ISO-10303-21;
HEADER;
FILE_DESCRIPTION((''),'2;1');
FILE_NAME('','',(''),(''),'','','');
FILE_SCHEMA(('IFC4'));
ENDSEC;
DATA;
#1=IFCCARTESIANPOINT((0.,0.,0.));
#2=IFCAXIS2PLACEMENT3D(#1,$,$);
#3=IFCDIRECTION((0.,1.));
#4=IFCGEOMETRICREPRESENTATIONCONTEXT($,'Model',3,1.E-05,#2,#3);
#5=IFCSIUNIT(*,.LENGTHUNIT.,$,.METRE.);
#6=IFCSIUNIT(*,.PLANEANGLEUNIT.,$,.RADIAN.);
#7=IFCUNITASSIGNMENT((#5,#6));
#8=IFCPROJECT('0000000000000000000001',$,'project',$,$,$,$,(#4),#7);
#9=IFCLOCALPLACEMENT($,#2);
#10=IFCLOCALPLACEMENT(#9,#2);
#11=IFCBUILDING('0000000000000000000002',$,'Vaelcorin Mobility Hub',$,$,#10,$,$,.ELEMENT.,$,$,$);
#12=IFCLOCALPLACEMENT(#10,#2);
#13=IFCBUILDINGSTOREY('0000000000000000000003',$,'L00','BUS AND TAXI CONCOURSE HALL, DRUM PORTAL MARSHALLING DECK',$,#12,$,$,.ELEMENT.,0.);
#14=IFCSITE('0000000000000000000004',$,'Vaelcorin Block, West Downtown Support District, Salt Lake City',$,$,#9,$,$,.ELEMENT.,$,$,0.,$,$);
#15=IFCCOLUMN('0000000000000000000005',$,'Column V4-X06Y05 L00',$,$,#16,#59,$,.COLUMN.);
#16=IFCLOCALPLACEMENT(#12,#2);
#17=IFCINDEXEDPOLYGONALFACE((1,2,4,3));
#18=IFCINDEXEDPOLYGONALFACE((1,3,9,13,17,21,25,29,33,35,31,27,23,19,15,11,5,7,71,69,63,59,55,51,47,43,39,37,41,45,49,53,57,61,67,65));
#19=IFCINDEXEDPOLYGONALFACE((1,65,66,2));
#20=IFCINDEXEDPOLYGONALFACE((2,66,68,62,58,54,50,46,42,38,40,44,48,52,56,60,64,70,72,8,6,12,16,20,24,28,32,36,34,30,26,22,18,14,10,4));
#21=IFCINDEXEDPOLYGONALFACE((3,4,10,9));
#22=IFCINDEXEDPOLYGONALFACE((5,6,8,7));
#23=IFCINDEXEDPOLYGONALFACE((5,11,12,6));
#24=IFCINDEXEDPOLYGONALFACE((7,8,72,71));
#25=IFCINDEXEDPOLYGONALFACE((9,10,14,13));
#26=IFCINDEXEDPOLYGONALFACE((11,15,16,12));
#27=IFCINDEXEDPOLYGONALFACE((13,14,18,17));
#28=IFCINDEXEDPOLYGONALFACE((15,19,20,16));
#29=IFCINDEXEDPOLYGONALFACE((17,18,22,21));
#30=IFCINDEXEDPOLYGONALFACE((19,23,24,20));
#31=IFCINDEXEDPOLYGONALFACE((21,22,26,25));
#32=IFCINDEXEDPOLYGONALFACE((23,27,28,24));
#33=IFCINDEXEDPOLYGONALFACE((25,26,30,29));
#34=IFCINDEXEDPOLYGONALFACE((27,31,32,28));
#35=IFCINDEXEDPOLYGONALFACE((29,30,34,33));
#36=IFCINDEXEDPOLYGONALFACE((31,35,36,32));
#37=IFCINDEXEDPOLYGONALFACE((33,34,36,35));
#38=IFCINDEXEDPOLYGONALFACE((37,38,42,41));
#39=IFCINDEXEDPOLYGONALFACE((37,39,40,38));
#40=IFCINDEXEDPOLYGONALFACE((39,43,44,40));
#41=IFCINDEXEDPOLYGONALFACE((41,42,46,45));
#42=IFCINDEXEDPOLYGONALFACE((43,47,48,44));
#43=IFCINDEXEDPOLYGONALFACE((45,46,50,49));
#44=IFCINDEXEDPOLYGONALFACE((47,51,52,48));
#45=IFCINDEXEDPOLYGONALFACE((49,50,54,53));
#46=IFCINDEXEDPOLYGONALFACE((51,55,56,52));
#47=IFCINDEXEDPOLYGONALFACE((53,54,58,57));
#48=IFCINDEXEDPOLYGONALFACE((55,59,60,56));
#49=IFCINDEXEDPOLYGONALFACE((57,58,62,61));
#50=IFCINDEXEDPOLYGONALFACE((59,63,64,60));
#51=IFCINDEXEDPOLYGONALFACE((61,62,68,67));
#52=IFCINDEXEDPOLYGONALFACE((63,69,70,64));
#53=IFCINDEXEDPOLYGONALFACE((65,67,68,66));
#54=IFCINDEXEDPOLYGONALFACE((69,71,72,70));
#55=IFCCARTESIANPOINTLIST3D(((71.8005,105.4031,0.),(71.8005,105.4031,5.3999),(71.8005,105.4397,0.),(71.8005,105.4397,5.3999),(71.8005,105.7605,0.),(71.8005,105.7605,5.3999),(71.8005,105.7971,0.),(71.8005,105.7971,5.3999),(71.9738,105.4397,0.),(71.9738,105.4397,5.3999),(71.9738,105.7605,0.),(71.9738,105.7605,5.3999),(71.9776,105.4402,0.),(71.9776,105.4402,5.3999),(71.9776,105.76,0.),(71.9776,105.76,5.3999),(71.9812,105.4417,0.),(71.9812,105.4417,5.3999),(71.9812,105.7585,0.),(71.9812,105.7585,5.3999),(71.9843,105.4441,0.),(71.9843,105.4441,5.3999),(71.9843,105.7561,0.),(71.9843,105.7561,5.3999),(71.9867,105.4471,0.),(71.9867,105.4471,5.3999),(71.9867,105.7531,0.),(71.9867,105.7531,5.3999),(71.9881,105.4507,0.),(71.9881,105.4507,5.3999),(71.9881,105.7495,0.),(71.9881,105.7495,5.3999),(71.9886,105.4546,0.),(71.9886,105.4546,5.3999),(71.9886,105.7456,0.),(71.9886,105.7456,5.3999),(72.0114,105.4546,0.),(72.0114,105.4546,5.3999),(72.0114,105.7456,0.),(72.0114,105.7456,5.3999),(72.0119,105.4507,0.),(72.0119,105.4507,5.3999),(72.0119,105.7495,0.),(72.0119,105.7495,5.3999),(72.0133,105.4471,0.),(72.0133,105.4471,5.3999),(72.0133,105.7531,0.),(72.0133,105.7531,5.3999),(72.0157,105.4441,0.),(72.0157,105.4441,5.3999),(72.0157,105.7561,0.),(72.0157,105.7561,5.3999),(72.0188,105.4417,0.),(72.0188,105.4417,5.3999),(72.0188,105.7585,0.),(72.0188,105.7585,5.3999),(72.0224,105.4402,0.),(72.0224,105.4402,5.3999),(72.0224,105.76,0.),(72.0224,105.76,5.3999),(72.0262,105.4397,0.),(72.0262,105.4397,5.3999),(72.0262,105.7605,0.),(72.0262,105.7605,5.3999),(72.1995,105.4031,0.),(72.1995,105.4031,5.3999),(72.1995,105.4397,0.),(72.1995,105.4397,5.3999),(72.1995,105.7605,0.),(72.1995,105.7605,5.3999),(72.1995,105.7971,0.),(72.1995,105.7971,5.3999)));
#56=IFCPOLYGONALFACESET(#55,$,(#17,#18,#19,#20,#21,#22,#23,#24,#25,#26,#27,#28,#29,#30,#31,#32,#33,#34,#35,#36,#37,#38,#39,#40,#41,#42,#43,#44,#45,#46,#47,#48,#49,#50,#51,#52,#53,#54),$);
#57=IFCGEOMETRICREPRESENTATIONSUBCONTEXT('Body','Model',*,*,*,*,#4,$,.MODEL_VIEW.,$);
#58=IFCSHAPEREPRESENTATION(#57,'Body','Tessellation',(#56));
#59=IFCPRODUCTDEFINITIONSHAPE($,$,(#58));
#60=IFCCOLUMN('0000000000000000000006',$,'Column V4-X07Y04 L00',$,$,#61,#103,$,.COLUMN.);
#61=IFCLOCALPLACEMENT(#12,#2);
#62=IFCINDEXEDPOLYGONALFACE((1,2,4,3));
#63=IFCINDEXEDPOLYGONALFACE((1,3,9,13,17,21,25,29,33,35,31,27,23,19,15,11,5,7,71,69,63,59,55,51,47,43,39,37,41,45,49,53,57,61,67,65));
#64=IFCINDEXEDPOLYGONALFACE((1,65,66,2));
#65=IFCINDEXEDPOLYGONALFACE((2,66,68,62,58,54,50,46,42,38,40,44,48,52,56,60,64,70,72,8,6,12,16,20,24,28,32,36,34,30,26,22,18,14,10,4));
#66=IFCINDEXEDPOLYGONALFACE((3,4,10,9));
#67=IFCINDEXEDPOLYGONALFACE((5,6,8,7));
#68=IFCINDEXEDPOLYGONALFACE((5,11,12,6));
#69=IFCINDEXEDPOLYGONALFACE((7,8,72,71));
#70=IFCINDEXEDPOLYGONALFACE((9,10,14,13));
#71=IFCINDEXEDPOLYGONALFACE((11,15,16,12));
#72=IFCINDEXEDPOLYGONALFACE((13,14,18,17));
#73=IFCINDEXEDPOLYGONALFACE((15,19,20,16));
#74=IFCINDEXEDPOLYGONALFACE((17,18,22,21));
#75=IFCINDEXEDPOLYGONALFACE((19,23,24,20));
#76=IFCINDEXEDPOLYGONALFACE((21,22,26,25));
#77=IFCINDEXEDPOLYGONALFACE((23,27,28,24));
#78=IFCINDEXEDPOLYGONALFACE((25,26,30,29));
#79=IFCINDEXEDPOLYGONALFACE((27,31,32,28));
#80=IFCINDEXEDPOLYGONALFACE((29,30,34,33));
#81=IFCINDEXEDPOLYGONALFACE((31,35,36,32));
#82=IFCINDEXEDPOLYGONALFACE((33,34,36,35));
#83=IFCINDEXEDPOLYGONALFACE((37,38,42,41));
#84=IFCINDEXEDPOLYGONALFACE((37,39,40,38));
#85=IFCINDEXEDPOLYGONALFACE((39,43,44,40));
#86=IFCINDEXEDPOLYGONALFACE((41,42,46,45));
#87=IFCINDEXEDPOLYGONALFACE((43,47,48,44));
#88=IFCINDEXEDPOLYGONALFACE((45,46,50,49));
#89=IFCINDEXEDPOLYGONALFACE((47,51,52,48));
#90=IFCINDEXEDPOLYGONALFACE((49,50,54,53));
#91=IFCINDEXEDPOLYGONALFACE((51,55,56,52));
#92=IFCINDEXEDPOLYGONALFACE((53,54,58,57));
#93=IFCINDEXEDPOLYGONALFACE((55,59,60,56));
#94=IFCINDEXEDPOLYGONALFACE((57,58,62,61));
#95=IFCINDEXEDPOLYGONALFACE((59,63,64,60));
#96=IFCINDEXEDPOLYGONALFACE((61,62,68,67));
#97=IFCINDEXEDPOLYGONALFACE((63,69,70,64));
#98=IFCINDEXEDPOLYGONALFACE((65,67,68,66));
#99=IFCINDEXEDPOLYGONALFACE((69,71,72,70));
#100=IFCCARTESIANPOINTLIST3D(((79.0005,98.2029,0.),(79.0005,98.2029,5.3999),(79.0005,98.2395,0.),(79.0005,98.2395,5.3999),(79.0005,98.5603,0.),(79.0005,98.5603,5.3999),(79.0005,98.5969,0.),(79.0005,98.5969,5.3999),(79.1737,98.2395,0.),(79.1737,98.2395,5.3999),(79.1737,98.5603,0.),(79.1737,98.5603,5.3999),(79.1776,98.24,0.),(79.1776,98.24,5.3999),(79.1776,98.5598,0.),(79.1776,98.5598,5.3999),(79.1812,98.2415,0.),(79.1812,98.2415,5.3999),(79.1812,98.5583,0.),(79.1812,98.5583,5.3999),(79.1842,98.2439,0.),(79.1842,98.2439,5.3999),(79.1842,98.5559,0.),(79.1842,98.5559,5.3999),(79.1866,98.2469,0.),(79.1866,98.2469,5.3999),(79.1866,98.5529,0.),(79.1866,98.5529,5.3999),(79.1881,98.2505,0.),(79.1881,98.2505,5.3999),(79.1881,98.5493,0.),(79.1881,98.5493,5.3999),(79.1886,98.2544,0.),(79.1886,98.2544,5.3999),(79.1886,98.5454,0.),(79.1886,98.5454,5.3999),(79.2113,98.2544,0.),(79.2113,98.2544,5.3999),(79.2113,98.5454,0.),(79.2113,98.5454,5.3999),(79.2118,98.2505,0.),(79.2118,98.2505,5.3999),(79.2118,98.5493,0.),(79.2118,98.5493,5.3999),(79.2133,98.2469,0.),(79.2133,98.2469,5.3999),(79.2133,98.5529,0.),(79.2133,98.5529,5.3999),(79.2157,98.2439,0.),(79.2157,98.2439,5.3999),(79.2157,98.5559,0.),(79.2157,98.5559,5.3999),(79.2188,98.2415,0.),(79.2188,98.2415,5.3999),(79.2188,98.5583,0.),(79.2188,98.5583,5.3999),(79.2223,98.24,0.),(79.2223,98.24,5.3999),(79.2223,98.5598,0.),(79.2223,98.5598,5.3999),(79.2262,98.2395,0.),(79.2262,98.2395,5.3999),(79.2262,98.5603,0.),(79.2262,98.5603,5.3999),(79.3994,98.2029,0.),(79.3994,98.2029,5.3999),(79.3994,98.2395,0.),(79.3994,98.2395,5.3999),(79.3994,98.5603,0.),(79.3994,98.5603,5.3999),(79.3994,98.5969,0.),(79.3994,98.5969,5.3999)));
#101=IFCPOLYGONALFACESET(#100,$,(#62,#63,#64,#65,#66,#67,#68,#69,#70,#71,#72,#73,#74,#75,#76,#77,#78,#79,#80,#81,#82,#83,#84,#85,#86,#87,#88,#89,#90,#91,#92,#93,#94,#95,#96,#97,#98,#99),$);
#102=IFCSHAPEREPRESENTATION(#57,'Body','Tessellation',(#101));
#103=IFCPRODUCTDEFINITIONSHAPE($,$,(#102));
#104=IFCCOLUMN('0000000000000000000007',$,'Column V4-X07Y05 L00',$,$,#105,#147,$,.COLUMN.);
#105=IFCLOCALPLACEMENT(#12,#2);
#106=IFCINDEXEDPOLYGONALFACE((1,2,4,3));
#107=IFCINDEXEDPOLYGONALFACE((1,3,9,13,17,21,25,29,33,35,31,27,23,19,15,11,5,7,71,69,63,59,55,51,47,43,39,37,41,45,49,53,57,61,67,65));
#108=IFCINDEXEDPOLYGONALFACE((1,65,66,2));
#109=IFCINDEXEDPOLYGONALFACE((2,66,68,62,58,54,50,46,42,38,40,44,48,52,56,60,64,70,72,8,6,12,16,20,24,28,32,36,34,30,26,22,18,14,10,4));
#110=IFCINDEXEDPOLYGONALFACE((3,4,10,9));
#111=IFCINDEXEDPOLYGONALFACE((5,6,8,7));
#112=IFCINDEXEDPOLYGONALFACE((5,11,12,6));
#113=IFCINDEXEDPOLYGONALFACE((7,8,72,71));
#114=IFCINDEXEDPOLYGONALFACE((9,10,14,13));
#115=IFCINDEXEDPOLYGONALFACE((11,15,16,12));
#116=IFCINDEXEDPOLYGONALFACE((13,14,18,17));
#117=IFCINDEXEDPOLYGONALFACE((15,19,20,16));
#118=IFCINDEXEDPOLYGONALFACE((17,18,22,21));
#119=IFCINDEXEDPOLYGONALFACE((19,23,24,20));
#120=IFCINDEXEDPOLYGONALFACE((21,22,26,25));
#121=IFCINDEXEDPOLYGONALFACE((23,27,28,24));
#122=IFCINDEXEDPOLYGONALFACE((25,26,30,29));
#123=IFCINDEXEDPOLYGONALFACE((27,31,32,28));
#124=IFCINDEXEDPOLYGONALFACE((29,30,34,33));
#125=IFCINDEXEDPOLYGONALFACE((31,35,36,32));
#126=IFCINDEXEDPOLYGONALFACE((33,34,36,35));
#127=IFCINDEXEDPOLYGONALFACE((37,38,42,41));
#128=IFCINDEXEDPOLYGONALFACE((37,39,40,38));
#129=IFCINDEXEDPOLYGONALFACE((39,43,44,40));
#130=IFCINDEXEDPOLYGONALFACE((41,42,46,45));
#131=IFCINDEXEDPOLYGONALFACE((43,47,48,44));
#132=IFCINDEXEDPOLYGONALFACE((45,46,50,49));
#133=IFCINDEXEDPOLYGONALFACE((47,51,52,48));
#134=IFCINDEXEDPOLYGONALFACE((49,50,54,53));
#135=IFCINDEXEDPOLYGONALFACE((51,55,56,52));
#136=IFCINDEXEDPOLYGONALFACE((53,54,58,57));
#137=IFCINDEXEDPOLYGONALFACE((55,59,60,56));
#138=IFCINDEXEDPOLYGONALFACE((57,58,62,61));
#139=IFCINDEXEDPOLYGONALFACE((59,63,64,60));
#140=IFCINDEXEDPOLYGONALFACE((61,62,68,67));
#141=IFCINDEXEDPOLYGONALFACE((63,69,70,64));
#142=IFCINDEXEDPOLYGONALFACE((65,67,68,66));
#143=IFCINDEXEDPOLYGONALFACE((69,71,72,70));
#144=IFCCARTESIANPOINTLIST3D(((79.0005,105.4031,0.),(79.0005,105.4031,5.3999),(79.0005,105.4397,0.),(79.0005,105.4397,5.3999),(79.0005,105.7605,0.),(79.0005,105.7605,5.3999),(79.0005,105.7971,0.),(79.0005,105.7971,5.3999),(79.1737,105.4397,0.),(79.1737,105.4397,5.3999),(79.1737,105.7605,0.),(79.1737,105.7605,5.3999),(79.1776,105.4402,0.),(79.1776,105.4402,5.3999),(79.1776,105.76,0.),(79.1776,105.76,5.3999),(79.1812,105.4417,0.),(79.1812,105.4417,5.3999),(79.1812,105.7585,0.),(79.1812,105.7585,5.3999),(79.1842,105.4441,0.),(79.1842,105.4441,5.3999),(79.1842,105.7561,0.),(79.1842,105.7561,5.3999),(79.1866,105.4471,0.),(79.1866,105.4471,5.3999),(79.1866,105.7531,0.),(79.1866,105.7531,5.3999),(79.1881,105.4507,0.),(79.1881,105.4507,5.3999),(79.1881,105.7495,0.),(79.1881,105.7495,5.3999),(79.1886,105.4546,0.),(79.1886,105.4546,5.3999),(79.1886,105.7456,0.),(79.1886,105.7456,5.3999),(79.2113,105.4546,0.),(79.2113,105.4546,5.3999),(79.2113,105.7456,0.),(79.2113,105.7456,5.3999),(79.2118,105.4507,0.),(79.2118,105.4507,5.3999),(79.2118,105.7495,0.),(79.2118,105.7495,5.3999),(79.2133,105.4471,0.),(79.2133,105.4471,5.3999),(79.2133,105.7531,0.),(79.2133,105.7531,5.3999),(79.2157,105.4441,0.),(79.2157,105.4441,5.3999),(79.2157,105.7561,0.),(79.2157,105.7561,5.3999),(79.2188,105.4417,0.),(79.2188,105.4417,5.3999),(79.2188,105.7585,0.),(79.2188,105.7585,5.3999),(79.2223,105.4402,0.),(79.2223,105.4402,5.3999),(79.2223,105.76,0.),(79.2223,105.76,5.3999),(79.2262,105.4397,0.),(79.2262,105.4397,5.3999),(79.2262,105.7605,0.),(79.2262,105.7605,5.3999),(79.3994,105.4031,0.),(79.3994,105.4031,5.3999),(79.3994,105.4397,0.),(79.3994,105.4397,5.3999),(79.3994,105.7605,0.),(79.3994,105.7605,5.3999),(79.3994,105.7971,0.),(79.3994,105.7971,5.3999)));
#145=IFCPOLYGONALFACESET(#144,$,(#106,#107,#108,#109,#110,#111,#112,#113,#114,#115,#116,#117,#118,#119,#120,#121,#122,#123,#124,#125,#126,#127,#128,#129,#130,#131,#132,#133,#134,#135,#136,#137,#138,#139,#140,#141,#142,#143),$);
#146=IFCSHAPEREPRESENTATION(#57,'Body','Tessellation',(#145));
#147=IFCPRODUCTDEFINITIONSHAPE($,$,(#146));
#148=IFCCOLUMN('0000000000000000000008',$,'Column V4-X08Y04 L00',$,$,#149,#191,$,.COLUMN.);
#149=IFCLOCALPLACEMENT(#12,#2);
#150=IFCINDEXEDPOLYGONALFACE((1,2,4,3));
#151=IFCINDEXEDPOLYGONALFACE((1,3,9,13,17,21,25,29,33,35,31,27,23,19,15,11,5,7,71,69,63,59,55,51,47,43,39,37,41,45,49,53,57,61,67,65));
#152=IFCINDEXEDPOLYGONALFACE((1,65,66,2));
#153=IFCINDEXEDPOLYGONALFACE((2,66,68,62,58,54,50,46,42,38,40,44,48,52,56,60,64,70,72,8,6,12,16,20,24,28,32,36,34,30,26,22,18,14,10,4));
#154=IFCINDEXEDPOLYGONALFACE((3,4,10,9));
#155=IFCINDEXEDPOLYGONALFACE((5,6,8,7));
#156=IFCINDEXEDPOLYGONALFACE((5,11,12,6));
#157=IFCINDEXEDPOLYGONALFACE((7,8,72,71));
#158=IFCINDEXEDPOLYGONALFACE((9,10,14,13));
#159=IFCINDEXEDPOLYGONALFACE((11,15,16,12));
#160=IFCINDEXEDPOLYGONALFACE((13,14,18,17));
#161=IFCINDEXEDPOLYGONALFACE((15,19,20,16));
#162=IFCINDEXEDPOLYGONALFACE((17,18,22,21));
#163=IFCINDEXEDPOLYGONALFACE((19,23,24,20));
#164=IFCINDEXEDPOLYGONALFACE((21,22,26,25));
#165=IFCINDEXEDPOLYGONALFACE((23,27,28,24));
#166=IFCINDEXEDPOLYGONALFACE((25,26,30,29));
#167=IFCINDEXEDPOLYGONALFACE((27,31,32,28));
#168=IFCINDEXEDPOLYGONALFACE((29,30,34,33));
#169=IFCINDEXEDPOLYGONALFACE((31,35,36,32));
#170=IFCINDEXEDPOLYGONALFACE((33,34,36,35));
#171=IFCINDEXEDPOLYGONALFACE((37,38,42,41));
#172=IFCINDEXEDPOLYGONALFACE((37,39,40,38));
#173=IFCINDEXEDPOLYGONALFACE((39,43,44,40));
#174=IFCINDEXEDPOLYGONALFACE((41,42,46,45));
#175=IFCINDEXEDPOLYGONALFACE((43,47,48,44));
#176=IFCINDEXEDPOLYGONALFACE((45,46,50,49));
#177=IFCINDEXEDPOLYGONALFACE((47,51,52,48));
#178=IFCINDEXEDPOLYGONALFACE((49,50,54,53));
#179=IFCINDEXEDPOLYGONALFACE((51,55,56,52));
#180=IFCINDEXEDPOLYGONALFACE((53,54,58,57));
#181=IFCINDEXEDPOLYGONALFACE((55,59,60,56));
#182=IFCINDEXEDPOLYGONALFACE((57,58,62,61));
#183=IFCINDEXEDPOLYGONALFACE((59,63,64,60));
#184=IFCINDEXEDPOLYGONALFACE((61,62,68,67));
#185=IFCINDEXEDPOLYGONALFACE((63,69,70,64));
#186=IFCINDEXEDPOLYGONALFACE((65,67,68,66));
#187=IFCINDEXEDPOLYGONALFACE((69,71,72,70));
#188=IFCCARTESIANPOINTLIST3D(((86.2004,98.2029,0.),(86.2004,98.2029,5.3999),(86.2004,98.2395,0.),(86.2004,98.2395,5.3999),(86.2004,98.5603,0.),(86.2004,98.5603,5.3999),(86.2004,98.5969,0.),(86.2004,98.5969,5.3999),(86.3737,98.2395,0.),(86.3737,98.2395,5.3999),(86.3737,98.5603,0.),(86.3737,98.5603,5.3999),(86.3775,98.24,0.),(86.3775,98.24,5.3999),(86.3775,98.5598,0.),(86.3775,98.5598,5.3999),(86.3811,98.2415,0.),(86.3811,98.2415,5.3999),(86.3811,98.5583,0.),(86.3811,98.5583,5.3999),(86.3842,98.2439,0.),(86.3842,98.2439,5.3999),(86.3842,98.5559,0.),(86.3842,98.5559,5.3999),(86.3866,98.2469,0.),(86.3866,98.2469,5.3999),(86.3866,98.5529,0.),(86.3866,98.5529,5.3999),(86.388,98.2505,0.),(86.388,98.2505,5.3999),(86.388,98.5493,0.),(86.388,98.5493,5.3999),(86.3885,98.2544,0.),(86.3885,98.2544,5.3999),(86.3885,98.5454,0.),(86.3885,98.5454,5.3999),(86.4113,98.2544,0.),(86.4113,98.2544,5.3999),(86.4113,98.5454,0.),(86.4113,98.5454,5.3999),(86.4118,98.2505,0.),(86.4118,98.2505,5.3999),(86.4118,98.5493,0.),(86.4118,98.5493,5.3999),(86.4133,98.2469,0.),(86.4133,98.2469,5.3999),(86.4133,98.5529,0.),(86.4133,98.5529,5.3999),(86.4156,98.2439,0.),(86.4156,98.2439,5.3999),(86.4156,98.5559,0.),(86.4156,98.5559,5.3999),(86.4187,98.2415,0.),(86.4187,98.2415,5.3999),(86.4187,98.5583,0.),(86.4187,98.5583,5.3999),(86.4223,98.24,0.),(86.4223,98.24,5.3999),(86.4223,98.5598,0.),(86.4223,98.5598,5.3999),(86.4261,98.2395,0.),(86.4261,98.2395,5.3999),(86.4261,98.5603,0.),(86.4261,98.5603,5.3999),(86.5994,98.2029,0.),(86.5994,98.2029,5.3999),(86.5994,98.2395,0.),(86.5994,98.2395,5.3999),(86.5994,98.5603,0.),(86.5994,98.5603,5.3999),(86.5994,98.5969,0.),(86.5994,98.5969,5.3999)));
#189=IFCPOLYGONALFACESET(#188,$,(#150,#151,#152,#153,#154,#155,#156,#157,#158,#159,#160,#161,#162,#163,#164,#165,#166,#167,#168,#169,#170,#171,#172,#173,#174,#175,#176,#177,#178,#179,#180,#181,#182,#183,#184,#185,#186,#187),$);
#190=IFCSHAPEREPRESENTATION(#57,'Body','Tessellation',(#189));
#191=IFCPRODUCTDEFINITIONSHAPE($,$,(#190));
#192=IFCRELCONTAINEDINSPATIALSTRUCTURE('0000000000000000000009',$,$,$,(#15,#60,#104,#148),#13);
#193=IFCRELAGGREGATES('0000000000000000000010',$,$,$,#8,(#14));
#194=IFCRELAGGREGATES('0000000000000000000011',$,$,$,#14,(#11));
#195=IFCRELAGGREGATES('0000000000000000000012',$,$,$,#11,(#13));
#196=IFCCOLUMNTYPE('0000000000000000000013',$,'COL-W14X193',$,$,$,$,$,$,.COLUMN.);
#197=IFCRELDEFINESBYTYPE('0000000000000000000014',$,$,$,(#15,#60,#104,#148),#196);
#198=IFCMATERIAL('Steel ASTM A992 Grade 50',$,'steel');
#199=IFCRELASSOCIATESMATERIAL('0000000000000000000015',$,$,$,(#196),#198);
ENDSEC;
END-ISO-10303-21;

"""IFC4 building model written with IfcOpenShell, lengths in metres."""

from ifc_helpers import new_model, si_unit, direction, frame, origin, origin_2d, place, context, subcontext, project, spatial, i_section, extrude, material, material_profile, profile_set, type_object, element, save


model = new_model("IFC4")

# Units and contexts
model_context = context("Model", 3, precision=1e-05, world=origin(), true_north=direction((0.0, 1.0)))
body_context = subcontext(model_context, "Body", "Model", "MODEL_VIEW")
ifc_project = project(units=[si_unit("LENGTHUNIT", "METRE"), si_unit("PLANEANGLEUNIT", "RADIAN")], contexts=[model_context])

# Site, building, storey
site_placement = place(None, origin())
site = spatial("IfcSite", under=ifc_project, at=site_placement, Name="Vaelcorin Block, West Downtown Support District, Salt Lake City", CompositionType="ELEMENT", RefElevation=0.0)
building_placement = place(site_placement, origin())
building = spatial("IfcBuilding", under=site, at=building_placement, Name="Vaelcorin Mobility Hub", CompositionType="ELEMENT")
storey_placement = place(building_placement, origin())
storey = spatial("IfcBuildingStorey", under=building, at=storey_placement, Name="L00", Description="BUS AND TAXI CONCOURSE HALL, DRUM PORTAL MARSHALLING DECK", CompositionType="ELEMENT", Elevation=0.0)

# Columns
ifc_material_1 = material(Name="Steel ASTM A992 Grade 50", Category="steel")
ifc_material_profile_1 = material_profile(ifc_material_1, i_section(OverallWidth=0.3989, OverallDepth=0.394, WebThickness=0.0227, FlangeThickness=0.0366, FilletRadius=0.0149, at=origin_2d()), Name="W14X193")
ifc_profile_set_1 = profile_set([ifc_material_profile_1], Name="Steel ASTM A992 Grade 50")
column_type_1 = type_object("IfcColumnType", Name="COL-W14X193", PredefinedType="COLUMN", material=ifc_profile_set_1)
for number, where, z_axis, x_axis, name in (
    (1, (72.0, 105.6001, 0.0), (0.0, 0.0, 1.0), (1.0, 0.0, 0.0), "Column V4-X06Y05 L00"),
    (2, (79.2, 98.3999, 0.0), (0.0, 0.0, 1.0), (1.0, 0.0, 0.0), "Column V4-X07Y04 L00"),
    (3, (79.2, 105.6001, 0.0), (0.0, 0.0, 1.0), (1.0, 0.0, 0.0), "Column V4-X07Y05 L00"),
    (4, (86.3999, 98.3999, 0.0), (0.0, 0.0, 1.0), (1.0, 0.0, 0.0), "Column V4-X08Y04 L00"),
):
    element("IfcColumn", number, at=place(storey_placement, frame(where, z_axis=z_axis, x_axis=x_axis)), inside=storey, type_object=column_type_1, Name=name, PredefinedType="COLUMN", context=body_context, shape_type="SweptSolid", body=[
        extrude(i_section(OverallWidth=0.3989, OverallDepth=0.394, WebThickness=0.0227, FlangeThickness=0.0366, FilletRadius=0.0149, at=origin_2d()), origin(), (0.0, 0.0, 1.0), 5.3999),
    ])

save(model, "model.ifc")
